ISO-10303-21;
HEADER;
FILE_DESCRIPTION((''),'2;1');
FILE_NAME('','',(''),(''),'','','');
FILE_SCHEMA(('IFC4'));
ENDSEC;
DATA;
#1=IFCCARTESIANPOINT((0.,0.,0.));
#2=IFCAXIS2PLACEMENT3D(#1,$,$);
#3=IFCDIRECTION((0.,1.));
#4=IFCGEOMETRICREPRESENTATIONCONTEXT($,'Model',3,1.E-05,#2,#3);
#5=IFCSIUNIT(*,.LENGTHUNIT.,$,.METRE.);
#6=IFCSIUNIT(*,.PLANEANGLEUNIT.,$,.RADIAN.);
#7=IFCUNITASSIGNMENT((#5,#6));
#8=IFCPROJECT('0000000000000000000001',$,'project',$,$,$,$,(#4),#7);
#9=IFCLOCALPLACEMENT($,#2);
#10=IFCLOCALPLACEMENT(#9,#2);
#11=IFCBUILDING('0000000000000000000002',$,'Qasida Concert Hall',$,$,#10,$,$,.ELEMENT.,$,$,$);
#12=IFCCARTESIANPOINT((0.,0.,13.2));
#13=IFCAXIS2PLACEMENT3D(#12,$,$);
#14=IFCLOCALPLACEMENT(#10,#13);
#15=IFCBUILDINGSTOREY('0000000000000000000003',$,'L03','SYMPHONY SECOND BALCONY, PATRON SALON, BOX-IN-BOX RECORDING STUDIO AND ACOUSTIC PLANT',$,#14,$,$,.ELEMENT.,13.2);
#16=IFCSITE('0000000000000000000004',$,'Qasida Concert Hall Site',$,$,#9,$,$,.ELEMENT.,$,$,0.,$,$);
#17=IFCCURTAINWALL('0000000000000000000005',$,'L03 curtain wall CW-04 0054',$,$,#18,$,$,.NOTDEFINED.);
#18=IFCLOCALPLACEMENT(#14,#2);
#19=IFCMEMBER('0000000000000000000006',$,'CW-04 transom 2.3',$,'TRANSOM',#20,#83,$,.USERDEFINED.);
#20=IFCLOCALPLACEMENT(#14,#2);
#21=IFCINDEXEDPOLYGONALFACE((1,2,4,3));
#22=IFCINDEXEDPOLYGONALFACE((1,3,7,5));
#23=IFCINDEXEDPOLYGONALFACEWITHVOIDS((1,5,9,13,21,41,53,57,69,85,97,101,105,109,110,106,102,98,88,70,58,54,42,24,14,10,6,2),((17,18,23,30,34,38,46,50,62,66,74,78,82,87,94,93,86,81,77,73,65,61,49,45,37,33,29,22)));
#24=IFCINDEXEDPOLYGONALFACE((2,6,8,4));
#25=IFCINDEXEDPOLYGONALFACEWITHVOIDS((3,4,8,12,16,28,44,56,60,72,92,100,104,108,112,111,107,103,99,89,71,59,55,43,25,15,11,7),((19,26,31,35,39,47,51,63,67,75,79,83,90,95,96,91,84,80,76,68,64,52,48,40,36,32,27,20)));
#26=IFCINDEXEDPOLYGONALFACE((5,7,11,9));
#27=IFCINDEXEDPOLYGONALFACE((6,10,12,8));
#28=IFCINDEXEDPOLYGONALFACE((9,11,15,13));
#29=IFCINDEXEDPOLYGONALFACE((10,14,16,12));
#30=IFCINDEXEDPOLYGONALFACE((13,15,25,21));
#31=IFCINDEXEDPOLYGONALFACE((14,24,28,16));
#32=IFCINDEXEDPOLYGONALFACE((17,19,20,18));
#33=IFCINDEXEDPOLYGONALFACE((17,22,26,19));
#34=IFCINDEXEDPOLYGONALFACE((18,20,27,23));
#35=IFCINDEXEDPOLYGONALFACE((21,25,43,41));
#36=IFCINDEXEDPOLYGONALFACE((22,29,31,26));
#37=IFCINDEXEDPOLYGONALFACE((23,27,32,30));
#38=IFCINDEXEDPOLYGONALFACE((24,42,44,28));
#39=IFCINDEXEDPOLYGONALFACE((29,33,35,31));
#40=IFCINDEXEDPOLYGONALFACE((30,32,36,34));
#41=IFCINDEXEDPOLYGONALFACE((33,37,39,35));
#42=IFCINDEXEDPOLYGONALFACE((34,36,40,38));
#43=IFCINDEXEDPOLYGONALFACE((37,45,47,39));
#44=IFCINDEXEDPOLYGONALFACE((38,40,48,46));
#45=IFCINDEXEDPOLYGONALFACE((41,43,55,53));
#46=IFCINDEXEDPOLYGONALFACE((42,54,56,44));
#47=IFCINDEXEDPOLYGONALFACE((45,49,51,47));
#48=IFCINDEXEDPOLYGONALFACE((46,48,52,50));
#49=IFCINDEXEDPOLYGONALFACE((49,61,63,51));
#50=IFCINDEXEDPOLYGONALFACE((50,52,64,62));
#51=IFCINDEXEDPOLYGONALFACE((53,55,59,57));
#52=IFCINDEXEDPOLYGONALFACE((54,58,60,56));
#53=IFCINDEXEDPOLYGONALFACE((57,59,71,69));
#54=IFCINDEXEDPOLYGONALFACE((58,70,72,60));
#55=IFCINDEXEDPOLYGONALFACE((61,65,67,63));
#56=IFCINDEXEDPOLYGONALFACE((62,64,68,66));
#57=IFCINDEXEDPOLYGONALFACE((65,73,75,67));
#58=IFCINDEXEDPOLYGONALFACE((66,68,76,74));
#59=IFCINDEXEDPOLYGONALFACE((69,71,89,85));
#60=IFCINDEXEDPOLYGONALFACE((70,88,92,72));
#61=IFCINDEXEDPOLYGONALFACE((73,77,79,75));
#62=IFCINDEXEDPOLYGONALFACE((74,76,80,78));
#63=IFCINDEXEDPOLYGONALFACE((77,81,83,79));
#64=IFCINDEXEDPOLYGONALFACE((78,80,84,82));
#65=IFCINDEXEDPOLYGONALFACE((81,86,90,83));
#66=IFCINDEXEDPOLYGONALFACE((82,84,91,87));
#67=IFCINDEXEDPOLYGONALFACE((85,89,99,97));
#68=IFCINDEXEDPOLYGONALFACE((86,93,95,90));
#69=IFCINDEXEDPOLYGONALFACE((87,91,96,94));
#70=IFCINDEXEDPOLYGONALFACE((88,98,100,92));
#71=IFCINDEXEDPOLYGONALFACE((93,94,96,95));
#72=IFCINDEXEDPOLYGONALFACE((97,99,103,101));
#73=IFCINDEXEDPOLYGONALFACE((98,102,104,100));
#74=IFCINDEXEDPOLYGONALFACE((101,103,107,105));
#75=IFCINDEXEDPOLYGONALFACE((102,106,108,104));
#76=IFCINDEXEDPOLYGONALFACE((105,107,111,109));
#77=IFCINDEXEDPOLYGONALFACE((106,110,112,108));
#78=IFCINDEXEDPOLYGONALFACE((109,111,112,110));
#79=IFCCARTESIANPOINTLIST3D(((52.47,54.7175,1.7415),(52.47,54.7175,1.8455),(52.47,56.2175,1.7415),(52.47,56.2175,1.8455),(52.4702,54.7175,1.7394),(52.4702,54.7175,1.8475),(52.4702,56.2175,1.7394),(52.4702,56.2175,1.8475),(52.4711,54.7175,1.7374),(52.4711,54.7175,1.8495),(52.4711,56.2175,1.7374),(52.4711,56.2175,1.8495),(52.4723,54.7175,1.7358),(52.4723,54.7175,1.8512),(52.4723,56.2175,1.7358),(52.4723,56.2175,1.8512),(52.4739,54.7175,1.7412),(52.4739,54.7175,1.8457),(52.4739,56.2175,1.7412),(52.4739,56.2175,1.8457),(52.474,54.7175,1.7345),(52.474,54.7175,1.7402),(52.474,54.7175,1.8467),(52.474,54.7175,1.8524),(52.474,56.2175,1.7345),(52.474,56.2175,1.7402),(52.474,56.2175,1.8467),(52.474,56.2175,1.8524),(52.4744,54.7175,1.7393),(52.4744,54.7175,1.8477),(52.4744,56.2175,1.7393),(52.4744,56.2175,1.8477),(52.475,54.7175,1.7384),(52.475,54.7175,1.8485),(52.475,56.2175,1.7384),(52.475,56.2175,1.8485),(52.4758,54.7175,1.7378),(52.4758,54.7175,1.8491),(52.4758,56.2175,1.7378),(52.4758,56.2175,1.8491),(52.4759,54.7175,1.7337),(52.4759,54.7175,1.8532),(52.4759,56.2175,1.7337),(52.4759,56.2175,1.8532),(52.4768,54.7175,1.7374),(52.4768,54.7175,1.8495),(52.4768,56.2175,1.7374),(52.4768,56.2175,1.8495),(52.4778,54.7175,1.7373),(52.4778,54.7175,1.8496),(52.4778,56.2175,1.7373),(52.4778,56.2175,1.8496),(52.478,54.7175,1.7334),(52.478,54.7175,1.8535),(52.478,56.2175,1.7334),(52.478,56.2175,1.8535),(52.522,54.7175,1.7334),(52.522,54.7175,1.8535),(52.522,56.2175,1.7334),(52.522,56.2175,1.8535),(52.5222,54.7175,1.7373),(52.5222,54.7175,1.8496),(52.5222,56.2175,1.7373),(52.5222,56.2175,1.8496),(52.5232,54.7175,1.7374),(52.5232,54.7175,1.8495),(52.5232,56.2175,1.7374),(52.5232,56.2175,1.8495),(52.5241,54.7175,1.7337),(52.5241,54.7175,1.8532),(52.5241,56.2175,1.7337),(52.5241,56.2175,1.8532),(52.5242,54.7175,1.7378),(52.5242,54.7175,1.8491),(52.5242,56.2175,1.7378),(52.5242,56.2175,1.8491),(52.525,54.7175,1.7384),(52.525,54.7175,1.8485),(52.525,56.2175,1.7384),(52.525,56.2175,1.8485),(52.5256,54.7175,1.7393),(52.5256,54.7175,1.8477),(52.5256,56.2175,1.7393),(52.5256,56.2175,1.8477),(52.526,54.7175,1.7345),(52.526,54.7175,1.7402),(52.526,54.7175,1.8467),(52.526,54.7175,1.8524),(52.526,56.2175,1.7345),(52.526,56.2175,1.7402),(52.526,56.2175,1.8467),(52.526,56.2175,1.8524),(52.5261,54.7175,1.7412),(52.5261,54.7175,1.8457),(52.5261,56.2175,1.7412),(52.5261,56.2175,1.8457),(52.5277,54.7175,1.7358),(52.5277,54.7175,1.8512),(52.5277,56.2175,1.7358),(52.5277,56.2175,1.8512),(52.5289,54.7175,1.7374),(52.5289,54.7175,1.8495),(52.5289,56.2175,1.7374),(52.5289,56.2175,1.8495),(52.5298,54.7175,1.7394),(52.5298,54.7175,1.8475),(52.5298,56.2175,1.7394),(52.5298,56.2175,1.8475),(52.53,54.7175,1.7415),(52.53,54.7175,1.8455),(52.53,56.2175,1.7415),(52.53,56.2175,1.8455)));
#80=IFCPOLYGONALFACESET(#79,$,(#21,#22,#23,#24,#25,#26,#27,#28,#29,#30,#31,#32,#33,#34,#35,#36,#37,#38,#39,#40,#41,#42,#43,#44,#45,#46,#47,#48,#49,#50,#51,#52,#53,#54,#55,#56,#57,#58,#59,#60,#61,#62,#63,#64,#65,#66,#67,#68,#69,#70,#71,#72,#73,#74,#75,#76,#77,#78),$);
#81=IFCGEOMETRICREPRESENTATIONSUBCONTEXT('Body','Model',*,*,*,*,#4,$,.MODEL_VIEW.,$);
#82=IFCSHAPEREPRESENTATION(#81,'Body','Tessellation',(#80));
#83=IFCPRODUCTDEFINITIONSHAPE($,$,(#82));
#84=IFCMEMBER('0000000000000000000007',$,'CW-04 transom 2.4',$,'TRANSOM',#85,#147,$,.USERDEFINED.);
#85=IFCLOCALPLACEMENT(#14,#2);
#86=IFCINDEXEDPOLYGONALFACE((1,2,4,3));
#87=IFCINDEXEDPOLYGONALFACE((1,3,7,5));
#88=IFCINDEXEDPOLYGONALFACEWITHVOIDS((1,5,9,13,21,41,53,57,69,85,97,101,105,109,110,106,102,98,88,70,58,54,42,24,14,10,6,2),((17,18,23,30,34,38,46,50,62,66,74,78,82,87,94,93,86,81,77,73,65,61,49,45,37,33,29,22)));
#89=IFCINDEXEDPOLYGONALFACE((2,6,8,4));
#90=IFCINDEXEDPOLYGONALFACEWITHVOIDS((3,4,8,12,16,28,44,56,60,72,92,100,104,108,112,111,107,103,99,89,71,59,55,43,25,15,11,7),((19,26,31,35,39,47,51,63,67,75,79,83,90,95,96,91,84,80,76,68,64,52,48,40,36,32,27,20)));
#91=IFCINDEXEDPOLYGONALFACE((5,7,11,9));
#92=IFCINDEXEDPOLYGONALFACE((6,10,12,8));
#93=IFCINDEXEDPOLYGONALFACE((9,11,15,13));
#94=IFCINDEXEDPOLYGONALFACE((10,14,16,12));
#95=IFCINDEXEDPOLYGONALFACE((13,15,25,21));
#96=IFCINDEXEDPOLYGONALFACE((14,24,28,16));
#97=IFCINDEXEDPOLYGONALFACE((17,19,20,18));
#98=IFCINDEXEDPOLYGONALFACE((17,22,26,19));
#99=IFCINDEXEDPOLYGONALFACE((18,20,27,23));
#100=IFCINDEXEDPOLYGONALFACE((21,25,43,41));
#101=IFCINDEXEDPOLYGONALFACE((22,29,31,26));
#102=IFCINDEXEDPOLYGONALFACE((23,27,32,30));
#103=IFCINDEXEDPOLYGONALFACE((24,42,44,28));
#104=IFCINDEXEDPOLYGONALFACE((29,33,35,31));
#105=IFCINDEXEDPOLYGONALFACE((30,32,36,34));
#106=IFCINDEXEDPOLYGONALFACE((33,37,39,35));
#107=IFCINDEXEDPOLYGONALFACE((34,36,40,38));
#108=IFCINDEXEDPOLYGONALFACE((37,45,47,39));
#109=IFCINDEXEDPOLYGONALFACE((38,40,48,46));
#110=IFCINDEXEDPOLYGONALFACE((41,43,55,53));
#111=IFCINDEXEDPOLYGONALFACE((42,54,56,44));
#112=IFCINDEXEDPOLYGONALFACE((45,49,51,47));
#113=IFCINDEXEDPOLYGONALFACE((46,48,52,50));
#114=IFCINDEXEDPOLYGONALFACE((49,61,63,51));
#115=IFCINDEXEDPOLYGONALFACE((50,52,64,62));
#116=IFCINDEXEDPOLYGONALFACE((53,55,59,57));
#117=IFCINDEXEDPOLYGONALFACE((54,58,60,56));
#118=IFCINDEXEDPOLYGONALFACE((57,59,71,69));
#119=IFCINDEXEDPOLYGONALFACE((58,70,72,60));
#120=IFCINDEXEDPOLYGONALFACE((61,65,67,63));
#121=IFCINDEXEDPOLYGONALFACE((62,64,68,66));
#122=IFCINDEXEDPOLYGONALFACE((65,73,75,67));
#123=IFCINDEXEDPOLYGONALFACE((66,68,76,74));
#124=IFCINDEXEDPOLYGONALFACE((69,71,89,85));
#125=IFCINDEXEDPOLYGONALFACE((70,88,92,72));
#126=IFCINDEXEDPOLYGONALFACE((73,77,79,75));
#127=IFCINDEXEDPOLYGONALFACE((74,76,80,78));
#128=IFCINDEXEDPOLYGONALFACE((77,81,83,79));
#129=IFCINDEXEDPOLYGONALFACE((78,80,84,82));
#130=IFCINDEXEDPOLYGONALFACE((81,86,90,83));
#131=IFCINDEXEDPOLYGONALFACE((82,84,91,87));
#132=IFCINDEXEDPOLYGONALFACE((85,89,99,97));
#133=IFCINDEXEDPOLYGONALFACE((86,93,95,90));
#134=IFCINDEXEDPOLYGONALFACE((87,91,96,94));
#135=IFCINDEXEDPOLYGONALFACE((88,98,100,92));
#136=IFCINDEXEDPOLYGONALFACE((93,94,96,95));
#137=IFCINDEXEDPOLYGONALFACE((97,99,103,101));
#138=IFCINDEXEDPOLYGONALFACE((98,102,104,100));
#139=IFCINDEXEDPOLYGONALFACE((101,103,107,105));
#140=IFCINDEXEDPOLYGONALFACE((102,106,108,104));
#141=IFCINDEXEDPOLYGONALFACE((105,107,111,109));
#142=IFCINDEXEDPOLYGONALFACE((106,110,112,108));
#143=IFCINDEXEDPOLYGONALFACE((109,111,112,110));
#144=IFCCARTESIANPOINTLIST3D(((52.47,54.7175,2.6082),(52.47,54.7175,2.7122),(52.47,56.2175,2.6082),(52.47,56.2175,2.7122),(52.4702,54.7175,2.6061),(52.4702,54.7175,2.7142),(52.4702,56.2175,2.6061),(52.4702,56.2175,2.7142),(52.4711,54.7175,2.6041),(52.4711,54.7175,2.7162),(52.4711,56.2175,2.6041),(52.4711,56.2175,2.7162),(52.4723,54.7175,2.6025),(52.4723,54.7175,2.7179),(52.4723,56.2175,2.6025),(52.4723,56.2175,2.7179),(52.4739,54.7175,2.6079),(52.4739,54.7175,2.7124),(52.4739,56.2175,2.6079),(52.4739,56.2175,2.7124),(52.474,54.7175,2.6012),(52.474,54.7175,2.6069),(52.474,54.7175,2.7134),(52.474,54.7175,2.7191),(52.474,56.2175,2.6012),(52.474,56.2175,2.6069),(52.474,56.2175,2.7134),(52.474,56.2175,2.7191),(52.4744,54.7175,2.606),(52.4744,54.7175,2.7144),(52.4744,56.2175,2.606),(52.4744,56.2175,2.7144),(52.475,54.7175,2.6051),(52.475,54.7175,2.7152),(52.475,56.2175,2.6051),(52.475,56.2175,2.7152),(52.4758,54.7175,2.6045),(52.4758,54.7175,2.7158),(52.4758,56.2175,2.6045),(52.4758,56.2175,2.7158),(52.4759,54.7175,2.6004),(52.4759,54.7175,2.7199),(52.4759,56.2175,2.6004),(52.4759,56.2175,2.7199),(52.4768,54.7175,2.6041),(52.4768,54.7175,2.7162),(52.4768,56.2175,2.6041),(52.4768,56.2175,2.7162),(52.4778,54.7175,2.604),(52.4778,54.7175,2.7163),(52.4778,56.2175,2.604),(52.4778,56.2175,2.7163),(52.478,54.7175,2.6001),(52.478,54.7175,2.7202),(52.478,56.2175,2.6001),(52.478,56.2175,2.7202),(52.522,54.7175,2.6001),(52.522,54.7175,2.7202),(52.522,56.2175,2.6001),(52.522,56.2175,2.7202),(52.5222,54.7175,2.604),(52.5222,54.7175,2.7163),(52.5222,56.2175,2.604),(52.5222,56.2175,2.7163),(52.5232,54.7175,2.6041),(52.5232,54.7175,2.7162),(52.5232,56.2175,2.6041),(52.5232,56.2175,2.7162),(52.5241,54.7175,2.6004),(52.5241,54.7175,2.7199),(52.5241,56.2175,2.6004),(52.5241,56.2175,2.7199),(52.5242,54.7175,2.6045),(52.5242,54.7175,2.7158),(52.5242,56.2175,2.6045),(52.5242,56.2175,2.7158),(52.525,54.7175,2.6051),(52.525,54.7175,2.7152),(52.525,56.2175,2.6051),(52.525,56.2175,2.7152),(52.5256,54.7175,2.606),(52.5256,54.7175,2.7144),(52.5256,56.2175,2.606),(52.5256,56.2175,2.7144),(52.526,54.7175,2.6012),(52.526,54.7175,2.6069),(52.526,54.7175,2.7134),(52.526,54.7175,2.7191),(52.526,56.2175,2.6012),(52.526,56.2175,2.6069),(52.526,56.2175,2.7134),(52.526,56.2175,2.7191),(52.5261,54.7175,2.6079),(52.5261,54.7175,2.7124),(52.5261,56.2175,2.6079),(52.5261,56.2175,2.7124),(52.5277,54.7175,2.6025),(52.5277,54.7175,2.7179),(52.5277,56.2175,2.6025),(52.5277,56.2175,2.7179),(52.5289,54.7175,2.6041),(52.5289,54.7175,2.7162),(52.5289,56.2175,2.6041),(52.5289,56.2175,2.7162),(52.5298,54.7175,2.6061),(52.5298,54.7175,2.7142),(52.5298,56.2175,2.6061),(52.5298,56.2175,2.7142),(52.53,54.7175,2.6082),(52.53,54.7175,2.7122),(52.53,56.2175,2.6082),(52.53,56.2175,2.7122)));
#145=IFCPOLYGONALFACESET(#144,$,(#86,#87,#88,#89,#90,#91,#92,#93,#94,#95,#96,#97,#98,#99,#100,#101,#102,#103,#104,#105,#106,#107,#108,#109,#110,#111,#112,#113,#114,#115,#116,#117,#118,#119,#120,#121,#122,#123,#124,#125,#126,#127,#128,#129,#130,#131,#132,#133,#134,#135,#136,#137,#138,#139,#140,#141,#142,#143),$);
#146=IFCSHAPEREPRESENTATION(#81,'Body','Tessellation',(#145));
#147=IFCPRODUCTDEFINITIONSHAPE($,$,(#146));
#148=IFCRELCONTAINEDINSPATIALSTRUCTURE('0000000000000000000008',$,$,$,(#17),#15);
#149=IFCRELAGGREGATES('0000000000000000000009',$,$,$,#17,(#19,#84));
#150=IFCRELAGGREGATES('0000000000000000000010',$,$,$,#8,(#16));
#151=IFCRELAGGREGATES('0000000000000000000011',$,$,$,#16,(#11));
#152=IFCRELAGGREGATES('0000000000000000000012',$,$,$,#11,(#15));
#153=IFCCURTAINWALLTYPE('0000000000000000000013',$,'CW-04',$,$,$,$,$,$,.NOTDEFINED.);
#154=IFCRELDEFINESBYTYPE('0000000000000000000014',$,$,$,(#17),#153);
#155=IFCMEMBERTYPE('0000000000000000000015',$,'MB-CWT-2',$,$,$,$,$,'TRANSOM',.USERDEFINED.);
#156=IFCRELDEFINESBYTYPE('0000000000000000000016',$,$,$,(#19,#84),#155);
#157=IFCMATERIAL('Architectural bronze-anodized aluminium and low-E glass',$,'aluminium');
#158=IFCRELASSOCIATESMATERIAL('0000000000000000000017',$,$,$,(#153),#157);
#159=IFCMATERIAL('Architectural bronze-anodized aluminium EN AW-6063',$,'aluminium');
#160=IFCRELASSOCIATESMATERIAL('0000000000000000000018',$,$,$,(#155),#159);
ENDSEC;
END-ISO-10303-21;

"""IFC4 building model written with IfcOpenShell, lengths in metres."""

from ifc_helpers import new_model, si_unit, direction, frame, origin, origin_2d, place, context, subcontext, project, spatial, hollow_rectangle, extrude, material, material_profile, profile_set, type_object, element, aggregate, save


model = new_model("IFC4")

# Units and contexts
model_context = context("Model", 3, precision=1e-05, world=origin(), true_north=direction((0.0, 1.0)))
body_context = subcontext(model_context, "Body", "Model", "MODEL_VIEW")
ifc_project = project(units=[si_unit("LENGTHUNIT", "METRE"), si_unit("PLANEANGLEUNIT", "RADIAN")], contexts=[model_context])

# Site, building, storey
site_placement = place(None, origin())
site = spatial("IfcSite", under=ifc_project, at=site_placement, Name="Qasida Concert Hall Site", CompositionType="ELEMENT", RefElevation=0.0)
building_placement = place(site_placement, origin())
building = spatial("IfcBuilding", under=site, at=building_placement, Name="Qasida Concert Hall", CompositionType="ELEMENT")
storey_placement = place(building_placement, frame((0.0, 0.0, 13.2)))
storey = spatial("IfcBuildingStorey", under=building, at=storey_placement, Name="L03", Description="SYMPHONY SECOND BALCONY, PATRON SALON, BOX-IN-BOX RECORDING STUDIO AND ACOUSTIC PLANT", CompositionType="ELEMENT", Elevation=13.2)

# Curtain wall, members
ifc_material_1 = material(Name="Architectural bronze-anodized aluminium and low-E glass", Category="aluminium")
curtain_wall_type = type_object("IfcCurtainWallType", Name="CW-04", PredefinedType="NOTDEFINED", material=ifc_material_1)
curtain_wall_placement = place(storey_placement, origin())
curtain_wall = element("IfcCurtainWall", 1, at=curtain_wall_placement, inside=storey, type_object=curtain_wall_type, Name="L03 curtain wall CW-04 0054", PredefinedType="NOTDEFINED")
ifc_material_2 = material(Name="Architectural bronze-anodized aluminium EN AW-6063", Category="aluminium")
ifc_material_profile_1 = material_profile(ifc_material_2, hollow_rectangle(XDim=0.0601, YDim=0.1201, WallThickness=0.0039, InnerFilletRadius=0.0039, OuterFilletRadius=0.0081, at=origin_2d()), Name="CWT 120x60x4")
ifc_profile_set_1 = profile_set([ifc_material_profile_1], Name="Architectural bronze-anodized aluminium EN AW-6063")
member_type_1 = type_object("IfcMemberType", Name="MB-CWT-2", ElementType="TRANSOM", PredefinedType="USERDEFINED", material=ifc_profile_set_1)
member_1_placement = place(storey_placement, frame((52.5, 54.7175, 1.7935), z_axis=(0.0, 1.0, 0.0), x_axis=(-1.0, 0.0, 0.0)))
member_1 = element("IfcMember", 2, at=member_1_placement, type_object=member_type_1, Name="CW-04 transom 2.3", ObjectType="TRANSOM", PredefinedType="USERDEFINED", context=body_context, shape_type="SweptSolid", body=[
    extrude(hollow_rectangle(XDim=0.0601, YDim=0.1201, WallThickness=0.0039, InnerFilletRadius=0.0039, OuterFilletRadius=0.0081, at=origin_2d()), origin(), (0.0, 0.0, 1.0), 1.5),
])
member_2_placement = place(storey_placement, frame((52.5, 54.7175, 2.6602), z_axis=(0.0, 1.0, 0.0), x_axis=(-1.0, 0.0, 0.0)))
member_2 = element("IfcMember", 3, at=member_2_placement, type_object=member_type_1, Name="CW-04 transom 2.4", ObjectType="TRANSOM", PredefinedType="USERDEFINED", context=body_context, shape_type="SweptSolid", body=[
    extrude(hollow_rectangle(XDim=0.0601, YDim=0.1201, WallThickness=0.0039, InnerFilletRadius=0.0039, OuterFilletRadius=0.0081, at=origin_2d()), origin(), (0.0, 0.0, 1.0), 1.5),
])
aggregate(curtain_wall, [member_1, member_2])

save(model, "model.ifc")
